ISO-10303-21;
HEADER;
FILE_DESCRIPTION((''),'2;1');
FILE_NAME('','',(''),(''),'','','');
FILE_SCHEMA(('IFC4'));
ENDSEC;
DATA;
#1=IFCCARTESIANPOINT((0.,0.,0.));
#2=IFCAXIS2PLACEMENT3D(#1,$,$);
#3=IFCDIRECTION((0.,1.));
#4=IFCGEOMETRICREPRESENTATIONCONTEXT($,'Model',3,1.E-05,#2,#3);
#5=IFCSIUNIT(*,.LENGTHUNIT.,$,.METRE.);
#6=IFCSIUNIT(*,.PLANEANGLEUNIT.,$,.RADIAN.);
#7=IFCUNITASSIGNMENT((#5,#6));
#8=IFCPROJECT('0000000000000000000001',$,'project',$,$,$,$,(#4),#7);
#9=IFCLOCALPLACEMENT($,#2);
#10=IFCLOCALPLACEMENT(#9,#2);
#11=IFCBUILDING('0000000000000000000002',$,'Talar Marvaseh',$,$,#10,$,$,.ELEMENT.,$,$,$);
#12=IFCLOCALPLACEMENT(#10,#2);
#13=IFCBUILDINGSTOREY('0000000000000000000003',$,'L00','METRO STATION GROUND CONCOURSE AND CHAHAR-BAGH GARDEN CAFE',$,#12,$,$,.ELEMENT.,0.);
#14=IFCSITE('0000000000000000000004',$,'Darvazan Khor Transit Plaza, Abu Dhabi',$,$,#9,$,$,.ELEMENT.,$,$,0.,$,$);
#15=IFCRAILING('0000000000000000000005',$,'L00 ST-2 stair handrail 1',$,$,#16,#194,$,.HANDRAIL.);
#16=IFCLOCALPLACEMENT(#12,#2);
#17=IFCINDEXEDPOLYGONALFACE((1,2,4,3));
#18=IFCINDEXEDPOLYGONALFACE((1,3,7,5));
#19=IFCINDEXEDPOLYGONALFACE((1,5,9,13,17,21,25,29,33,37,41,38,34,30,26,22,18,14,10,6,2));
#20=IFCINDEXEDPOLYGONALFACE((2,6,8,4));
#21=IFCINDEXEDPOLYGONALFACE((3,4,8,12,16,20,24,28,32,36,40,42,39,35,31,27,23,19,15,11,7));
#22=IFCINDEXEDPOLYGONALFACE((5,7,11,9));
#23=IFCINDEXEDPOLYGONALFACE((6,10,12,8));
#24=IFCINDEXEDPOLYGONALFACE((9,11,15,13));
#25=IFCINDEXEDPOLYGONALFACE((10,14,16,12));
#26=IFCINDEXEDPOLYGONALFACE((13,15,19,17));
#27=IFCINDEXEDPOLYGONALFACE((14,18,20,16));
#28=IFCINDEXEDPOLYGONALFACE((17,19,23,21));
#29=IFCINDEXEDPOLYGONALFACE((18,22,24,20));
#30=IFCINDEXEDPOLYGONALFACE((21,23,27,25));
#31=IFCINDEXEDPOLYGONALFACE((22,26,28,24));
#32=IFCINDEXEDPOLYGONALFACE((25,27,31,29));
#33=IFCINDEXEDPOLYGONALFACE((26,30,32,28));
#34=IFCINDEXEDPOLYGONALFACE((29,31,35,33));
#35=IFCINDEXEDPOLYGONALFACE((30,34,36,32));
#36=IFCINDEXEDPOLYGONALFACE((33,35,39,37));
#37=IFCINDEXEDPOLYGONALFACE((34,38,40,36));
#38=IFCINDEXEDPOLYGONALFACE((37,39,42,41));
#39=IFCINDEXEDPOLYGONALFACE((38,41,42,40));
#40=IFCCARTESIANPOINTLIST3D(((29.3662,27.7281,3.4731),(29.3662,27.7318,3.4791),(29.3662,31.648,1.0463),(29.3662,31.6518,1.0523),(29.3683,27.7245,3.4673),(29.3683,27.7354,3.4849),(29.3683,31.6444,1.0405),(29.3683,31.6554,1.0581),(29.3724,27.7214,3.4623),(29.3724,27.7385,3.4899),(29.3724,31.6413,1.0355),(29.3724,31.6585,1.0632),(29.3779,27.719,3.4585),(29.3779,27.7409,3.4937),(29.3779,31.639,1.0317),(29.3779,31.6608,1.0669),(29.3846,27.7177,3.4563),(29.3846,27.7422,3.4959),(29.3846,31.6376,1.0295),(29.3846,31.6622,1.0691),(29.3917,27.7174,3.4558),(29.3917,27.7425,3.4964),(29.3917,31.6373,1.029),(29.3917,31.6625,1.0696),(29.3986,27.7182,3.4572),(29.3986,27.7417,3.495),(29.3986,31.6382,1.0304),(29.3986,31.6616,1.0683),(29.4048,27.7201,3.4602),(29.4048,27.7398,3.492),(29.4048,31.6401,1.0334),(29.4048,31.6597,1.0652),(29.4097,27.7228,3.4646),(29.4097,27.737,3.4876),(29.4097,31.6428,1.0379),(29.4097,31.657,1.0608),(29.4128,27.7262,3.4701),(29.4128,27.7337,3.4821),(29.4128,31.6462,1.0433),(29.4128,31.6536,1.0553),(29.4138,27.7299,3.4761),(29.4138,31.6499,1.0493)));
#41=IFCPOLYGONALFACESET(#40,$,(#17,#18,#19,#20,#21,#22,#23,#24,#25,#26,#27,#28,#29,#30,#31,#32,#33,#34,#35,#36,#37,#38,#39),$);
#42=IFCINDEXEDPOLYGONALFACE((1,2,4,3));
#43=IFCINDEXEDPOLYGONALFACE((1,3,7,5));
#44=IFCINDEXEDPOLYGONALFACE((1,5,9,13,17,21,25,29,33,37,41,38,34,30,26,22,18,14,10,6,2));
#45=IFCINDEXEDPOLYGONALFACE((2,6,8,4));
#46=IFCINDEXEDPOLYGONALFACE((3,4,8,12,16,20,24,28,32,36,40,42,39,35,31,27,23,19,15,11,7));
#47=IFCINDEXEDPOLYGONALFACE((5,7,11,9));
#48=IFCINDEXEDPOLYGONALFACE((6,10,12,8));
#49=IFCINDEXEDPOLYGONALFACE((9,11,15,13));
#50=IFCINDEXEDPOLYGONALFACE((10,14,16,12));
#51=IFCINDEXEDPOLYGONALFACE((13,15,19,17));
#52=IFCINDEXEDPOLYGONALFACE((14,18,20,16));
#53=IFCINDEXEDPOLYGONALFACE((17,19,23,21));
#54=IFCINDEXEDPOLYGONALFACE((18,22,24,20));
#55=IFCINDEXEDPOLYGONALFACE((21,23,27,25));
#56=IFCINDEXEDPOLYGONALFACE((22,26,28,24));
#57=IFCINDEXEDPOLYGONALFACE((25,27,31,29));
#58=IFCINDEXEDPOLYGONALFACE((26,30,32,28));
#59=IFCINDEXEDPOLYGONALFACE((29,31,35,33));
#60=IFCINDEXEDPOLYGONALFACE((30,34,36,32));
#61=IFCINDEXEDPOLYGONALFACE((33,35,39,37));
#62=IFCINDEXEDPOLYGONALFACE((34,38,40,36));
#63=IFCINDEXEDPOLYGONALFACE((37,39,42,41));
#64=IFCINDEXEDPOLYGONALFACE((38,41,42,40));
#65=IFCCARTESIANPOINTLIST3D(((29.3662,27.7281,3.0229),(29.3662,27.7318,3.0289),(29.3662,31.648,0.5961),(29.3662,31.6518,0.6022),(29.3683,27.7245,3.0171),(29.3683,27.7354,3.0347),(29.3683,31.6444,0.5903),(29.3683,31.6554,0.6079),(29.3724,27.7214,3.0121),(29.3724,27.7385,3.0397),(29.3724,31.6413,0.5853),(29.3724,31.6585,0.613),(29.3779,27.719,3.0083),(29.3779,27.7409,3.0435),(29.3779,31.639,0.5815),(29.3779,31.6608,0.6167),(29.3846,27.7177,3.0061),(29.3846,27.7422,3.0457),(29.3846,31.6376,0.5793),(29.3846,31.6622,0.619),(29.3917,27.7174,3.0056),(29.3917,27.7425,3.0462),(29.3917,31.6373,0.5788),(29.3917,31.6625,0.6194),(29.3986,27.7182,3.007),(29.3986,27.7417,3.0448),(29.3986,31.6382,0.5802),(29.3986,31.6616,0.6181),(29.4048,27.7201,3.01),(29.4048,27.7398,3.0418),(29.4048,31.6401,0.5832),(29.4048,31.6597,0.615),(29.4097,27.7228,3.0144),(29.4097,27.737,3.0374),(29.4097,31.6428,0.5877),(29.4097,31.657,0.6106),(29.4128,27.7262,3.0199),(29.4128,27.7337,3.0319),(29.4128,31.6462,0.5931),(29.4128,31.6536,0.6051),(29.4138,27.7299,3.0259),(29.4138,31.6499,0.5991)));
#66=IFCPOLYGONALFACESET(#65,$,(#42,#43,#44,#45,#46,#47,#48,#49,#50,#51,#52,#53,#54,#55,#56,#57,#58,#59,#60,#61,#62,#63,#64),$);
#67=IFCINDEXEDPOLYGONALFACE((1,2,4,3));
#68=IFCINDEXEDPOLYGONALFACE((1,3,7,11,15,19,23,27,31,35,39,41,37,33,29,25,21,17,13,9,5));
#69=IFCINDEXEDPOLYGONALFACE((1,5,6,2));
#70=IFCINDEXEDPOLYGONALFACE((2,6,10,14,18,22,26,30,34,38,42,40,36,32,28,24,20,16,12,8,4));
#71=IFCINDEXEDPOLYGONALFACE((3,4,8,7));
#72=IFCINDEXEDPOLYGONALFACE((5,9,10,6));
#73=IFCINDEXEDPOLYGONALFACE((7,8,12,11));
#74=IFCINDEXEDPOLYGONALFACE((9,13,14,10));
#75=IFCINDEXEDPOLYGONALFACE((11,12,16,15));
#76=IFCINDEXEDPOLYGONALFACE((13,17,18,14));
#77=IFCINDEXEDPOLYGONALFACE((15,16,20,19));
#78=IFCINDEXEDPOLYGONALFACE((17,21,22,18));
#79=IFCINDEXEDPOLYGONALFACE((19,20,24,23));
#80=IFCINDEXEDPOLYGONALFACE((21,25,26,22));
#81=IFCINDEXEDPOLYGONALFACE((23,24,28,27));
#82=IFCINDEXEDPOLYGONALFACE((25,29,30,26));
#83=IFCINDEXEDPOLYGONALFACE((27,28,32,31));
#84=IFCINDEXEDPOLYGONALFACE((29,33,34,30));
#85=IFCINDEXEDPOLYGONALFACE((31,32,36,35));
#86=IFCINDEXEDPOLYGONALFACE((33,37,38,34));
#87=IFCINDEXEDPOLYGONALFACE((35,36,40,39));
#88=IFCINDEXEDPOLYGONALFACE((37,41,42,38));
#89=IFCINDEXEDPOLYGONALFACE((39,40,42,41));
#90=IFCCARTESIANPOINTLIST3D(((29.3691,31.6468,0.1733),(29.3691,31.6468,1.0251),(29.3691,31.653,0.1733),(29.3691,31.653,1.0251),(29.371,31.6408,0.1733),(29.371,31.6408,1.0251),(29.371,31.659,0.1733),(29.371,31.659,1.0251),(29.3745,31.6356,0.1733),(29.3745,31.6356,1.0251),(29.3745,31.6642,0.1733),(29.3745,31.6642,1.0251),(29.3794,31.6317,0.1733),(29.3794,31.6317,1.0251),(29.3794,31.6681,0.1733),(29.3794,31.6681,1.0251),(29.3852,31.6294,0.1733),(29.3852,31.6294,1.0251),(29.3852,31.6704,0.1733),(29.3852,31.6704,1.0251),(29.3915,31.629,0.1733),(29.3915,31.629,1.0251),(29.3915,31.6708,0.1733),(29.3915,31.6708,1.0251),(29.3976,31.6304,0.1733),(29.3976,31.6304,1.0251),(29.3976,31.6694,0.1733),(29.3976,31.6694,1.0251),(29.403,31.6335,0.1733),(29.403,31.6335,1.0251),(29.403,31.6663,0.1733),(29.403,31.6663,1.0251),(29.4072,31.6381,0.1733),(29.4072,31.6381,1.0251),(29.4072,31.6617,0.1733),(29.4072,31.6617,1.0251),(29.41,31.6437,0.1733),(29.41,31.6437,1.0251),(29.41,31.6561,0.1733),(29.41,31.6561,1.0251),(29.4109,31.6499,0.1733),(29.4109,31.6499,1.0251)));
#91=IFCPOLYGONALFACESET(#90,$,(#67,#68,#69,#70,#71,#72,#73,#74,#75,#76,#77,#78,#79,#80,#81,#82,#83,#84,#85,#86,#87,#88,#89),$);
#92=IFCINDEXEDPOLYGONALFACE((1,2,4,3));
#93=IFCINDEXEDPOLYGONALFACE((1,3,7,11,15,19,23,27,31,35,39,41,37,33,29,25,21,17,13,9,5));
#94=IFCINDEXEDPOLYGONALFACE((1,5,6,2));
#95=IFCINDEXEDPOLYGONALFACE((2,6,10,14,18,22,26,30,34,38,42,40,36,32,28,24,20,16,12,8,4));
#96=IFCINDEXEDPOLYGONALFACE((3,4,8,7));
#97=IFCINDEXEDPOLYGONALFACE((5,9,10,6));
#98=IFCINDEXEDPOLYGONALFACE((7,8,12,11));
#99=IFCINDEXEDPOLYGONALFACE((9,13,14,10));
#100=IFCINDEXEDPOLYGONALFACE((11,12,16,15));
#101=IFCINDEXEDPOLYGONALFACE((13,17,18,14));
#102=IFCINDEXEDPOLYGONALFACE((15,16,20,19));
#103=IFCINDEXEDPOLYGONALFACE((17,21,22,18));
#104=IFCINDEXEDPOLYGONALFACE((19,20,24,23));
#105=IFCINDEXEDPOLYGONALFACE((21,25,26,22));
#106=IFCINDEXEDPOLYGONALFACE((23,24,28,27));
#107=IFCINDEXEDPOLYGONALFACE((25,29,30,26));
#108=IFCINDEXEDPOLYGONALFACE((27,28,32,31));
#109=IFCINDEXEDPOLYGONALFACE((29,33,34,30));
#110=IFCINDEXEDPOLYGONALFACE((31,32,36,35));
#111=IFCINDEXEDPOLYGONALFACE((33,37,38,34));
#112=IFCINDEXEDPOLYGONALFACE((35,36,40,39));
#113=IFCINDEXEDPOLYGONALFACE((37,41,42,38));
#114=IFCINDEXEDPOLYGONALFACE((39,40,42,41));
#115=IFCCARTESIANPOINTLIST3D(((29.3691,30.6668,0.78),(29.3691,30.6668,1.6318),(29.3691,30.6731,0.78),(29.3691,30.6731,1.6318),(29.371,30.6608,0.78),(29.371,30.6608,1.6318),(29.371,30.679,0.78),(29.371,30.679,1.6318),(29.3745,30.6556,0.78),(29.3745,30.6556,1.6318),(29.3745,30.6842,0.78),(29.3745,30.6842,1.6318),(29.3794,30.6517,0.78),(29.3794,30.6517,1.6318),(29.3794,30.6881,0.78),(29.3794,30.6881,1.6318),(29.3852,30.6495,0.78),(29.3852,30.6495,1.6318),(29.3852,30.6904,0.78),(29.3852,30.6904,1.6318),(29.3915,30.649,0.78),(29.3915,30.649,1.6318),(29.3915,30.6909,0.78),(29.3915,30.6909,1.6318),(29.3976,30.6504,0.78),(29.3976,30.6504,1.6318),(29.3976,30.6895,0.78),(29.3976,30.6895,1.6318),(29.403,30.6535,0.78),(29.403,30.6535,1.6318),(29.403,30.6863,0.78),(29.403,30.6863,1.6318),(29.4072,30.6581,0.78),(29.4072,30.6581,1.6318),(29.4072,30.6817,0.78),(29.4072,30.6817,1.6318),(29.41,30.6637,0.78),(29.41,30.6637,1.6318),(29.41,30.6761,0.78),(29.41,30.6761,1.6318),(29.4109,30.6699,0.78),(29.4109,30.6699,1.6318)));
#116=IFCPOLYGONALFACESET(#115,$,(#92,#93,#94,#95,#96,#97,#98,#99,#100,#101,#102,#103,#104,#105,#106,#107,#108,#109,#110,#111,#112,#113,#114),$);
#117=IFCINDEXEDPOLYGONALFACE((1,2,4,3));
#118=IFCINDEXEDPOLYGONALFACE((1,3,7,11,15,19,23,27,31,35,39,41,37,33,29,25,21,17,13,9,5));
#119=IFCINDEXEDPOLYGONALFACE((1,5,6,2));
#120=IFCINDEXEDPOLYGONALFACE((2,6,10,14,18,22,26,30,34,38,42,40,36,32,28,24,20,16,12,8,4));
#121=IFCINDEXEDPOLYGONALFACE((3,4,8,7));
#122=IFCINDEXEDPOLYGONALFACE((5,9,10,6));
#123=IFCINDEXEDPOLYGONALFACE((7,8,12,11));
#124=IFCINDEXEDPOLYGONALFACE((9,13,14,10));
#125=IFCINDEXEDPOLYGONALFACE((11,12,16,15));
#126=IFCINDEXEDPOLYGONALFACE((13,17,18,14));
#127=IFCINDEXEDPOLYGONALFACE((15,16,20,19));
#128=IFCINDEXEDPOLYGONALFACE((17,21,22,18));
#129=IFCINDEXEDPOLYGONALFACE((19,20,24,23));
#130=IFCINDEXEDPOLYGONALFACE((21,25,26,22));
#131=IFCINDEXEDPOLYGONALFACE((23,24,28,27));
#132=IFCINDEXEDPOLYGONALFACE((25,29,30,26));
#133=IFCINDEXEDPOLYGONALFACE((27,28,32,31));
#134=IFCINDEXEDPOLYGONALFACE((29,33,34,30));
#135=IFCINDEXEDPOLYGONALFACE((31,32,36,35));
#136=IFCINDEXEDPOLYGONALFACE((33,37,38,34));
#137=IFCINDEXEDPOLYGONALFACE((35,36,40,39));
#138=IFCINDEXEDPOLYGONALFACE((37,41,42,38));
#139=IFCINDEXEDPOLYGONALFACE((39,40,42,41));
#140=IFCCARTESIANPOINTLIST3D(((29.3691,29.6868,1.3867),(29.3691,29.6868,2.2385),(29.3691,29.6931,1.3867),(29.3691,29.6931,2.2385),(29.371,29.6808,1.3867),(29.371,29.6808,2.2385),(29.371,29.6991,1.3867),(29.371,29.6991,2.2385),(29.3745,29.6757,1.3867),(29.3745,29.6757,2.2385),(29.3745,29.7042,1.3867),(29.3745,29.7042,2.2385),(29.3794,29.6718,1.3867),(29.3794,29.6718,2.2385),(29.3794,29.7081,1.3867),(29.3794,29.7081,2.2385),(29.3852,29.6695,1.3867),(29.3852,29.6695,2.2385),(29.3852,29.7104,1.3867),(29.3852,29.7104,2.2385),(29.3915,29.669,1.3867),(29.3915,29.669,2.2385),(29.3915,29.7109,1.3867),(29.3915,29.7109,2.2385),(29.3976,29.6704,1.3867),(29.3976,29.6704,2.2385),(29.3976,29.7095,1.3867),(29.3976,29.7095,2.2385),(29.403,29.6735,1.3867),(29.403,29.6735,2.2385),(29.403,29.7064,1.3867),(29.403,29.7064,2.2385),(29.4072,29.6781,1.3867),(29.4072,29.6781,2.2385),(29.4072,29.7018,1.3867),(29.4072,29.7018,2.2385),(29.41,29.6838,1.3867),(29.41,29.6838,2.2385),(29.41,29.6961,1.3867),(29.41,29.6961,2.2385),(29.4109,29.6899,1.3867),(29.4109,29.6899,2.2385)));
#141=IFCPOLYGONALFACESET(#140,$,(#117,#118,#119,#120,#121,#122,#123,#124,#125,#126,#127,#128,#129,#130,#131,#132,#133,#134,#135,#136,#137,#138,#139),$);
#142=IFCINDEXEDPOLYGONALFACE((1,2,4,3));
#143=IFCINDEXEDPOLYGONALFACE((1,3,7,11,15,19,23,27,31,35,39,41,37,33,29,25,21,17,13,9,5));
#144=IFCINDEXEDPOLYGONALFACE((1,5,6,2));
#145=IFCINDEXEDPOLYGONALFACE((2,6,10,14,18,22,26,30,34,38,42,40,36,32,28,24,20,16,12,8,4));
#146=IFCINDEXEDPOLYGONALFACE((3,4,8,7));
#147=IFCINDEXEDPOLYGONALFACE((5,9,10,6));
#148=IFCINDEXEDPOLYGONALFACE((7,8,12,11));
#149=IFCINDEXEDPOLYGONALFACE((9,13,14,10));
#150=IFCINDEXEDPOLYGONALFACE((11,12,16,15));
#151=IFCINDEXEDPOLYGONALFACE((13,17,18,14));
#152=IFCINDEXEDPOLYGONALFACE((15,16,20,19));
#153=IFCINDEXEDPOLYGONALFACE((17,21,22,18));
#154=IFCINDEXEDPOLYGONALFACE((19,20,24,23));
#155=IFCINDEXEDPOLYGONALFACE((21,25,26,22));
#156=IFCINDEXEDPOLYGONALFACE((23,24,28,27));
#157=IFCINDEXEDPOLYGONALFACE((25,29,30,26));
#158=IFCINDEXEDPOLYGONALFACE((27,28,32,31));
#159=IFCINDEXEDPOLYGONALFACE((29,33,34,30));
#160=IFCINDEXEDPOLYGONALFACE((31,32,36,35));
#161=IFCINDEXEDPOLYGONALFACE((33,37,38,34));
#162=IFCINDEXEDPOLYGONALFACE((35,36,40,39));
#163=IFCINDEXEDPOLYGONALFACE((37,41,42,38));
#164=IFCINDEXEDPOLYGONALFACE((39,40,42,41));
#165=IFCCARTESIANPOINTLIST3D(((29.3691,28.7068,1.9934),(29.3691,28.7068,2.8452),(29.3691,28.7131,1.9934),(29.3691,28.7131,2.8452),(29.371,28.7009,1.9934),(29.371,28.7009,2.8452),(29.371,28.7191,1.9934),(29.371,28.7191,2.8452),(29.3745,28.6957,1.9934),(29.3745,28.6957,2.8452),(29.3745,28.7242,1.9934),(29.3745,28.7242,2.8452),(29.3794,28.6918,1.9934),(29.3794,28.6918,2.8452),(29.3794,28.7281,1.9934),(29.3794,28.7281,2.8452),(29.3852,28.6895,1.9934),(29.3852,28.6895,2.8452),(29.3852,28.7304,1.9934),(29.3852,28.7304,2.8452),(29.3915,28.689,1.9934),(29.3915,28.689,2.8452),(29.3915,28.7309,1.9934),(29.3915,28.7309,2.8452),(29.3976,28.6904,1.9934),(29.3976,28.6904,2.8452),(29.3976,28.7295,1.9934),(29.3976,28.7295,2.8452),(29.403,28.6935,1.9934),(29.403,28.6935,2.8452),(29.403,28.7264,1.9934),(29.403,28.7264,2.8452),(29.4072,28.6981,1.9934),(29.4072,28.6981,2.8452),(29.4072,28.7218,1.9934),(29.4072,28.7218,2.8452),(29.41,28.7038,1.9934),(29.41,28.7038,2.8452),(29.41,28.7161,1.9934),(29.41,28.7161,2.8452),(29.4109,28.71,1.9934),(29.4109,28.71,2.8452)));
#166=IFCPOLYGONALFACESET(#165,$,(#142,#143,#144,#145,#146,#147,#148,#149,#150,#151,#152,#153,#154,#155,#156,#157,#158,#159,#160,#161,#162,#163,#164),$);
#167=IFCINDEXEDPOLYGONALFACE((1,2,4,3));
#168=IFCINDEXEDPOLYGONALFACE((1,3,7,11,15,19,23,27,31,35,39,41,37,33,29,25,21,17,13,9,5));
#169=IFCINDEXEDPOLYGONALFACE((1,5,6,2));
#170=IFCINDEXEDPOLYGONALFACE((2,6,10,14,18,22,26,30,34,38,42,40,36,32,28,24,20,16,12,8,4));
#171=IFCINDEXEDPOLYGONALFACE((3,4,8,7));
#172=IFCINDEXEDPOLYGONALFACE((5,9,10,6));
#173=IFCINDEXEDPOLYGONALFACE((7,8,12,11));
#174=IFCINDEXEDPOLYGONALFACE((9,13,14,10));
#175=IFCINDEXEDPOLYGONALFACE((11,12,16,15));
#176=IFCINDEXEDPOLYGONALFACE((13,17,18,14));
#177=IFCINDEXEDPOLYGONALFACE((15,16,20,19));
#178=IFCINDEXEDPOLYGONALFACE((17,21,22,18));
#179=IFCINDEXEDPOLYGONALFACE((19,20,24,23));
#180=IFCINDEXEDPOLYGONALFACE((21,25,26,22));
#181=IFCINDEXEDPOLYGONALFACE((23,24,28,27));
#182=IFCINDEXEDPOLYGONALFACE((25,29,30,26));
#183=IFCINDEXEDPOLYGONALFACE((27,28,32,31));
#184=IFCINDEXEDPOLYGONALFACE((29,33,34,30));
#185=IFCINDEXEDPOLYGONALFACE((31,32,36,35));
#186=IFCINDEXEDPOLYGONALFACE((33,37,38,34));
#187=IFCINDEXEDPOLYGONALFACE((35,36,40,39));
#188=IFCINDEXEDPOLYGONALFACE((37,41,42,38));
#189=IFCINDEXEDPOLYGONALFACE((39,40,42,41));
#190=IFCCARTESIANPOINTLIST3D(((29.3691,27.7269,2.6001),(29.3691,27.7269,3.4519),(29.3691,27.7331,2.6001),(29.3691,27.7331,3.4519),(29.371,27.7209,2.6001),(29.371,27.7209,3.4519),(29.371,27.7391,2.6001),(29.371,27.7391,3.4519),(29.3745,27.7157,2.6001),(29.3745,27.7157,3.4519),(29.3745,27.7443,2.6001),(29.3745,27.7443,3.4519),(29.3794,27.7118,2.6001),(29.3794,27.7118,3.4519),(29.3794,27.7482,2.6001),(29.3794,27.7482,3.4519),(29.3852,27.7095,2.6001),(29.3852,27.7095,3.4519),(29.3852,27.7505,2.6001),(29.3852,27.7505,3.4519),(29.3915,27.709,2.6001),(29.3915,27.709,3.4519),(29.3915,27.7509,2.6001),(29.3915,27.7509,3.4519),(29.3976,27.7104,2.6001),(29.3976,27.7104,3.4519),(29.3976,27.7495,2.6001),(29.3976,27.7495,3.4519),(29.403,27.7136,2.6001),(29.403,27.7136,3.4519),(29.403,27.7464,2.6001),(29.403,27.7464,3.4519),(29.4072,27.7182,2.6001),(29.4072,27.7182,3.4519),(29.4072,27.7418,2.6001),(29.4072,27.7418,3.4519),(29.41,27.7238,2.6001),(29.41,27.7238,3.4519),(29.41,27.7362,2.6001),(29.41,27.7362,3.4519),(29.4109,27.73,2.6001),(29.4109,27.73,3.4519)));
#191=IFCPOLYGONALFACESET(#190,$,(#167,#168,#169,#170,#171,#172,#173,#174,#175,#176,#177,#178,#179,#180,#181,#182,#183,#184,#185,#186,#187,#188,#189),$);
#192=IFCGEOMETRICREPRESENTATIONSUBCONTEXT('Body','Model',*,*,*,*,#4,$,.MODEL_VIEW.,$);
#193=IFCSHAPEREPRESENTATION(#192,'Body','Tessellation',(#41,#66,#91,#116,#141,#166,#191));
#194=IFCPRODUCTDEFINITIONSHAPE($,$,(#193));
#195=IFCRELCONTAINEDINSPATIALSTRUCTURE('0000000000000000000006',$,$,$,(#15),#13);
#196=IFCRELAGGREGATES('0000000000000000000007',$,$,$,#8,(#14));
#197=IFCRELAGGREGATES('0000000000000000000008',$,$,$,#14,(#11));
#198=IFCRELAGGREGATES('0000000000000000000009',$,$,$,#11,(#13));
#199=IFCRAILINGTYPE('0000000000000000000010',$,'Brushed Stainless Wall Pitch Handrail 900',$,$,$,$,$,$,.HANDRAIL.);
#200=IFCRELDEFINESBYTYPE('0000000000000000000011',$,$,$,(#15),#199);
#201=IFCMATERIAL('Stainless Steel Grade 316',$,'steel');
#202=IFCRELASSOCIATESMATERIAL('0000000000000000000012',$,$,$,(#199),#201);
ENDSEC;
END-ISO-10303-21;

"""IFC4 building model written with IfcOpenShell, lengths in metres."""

from ifc_helpers import new_model, si_unit, direction, frame, origin, origin_2d, place, context, subcontext, project, spatial, circle, extrude, material, type_object, element, save


model = new_model("IFC4")

# Units and contexts
model_context = context("Model", 3, precision=1e-05, world=origin(), true_north=direction((0.0, 1.0)))
body_context = subcontext(model_context, "Body", "Model", "MODEL_VIEW")
ifc_project = project(units=[si_unit("LENGTHUNIT", "METRE"), si_unit("PLANEANGLEUNIT", "RADIAN")], contexts=[model_context])

# Site, building, storey
site_placement = place(None, origin())
site = spatial("IfcSite", under=ifc_project, at=site_placement, Name="Darvazan Khor Transit Plaza, Abu Dhabi", CompositionType="ELEMENT", RefElevation=0.0)
building_placement = place(site_placement, origin())
building = spatial("IfcBuilding", under=site, at=building_placement, Name="Talar Marvaseh", CompositionType="ELEMENT")
storey_placement = place(building_placement, origin())
storey = spatial("IfcBuildingStorey", under=building, at=storey_placement, Name="L00", Description="METRO STATION GROUND CONCOURSE AND CHAHAR-BAGH GARDEN CAFE", CompositionType="ELEMENT", Elevation=0.0)

# Shared definitions
ifc_material_1 = material(Name="Stainless Steel Grade 316", Category="steel")

# Railing
railing_type_1 = type_object("IfcRailingType", Name="Brushed Stainless Wall Pitch Handrail 900", PredefinedType="HANDRAIL", material=ifc_material_1)
railing_1_placement = place(storey_placement, frame((29.3899, 31.6499, 0.1733)))
element("IfcRailing", 1, at=railing_1_placement, inside=storey, type_object=railing_type_1, Name="L00 ST-2 stair handrail 1", PredefinedType="HANDRAIL", context=body_context, shape_type="SweptSolid", body=[
    extrude(circle(Radius=0.0239, at=origin_2d()), frame((0.0, 0.0, 0.876), z_axis=(0.0, -0.850252, 0.526376), x_axis=(1.0, 0.0, 0.0)), (0.0, 0.0, 1.0), 4.6104),
    extrude(circle(Radius=0.0239, at=origin_2d()), frame((0.0, 0.0, 0.4258), z_axis=(0.0, -0.850252, 0.526376), x_axis=(1.0, 0.0, 0.0)), (0.0, 0.0, 1.0), 4.6104),
    extrude(circle(Radius=0.021, at=origin_2d()), origin(), (0.0, 0.0, 1.0), 0.8518),
    extrude(circle(Radius=0.021, at=origin_2d()), frame((0.0, -0.98, 0.6067)), (0.0, 0.0, 1.0), 0.8518),
    extrude(circle(Radius=0.021, at=origin_2d()), frame((0.0, -1.96, 1.2134)), (0.0, 0.0, 1.0), 0.8518),
    extrude(circle(Radius=0.021, at=origin_2d()), frame((0.0, -2.9399, 1.8201)), (0.0, 0.0, 1.0), 0.8518),
    extrude(circle(Radius=0.021, at=origin_2d()), frame((0.0, -3.9199, 2.4268)), (0.0, 0.0, 1.0), 0.8518),
])

save(model, "model.ifc")
